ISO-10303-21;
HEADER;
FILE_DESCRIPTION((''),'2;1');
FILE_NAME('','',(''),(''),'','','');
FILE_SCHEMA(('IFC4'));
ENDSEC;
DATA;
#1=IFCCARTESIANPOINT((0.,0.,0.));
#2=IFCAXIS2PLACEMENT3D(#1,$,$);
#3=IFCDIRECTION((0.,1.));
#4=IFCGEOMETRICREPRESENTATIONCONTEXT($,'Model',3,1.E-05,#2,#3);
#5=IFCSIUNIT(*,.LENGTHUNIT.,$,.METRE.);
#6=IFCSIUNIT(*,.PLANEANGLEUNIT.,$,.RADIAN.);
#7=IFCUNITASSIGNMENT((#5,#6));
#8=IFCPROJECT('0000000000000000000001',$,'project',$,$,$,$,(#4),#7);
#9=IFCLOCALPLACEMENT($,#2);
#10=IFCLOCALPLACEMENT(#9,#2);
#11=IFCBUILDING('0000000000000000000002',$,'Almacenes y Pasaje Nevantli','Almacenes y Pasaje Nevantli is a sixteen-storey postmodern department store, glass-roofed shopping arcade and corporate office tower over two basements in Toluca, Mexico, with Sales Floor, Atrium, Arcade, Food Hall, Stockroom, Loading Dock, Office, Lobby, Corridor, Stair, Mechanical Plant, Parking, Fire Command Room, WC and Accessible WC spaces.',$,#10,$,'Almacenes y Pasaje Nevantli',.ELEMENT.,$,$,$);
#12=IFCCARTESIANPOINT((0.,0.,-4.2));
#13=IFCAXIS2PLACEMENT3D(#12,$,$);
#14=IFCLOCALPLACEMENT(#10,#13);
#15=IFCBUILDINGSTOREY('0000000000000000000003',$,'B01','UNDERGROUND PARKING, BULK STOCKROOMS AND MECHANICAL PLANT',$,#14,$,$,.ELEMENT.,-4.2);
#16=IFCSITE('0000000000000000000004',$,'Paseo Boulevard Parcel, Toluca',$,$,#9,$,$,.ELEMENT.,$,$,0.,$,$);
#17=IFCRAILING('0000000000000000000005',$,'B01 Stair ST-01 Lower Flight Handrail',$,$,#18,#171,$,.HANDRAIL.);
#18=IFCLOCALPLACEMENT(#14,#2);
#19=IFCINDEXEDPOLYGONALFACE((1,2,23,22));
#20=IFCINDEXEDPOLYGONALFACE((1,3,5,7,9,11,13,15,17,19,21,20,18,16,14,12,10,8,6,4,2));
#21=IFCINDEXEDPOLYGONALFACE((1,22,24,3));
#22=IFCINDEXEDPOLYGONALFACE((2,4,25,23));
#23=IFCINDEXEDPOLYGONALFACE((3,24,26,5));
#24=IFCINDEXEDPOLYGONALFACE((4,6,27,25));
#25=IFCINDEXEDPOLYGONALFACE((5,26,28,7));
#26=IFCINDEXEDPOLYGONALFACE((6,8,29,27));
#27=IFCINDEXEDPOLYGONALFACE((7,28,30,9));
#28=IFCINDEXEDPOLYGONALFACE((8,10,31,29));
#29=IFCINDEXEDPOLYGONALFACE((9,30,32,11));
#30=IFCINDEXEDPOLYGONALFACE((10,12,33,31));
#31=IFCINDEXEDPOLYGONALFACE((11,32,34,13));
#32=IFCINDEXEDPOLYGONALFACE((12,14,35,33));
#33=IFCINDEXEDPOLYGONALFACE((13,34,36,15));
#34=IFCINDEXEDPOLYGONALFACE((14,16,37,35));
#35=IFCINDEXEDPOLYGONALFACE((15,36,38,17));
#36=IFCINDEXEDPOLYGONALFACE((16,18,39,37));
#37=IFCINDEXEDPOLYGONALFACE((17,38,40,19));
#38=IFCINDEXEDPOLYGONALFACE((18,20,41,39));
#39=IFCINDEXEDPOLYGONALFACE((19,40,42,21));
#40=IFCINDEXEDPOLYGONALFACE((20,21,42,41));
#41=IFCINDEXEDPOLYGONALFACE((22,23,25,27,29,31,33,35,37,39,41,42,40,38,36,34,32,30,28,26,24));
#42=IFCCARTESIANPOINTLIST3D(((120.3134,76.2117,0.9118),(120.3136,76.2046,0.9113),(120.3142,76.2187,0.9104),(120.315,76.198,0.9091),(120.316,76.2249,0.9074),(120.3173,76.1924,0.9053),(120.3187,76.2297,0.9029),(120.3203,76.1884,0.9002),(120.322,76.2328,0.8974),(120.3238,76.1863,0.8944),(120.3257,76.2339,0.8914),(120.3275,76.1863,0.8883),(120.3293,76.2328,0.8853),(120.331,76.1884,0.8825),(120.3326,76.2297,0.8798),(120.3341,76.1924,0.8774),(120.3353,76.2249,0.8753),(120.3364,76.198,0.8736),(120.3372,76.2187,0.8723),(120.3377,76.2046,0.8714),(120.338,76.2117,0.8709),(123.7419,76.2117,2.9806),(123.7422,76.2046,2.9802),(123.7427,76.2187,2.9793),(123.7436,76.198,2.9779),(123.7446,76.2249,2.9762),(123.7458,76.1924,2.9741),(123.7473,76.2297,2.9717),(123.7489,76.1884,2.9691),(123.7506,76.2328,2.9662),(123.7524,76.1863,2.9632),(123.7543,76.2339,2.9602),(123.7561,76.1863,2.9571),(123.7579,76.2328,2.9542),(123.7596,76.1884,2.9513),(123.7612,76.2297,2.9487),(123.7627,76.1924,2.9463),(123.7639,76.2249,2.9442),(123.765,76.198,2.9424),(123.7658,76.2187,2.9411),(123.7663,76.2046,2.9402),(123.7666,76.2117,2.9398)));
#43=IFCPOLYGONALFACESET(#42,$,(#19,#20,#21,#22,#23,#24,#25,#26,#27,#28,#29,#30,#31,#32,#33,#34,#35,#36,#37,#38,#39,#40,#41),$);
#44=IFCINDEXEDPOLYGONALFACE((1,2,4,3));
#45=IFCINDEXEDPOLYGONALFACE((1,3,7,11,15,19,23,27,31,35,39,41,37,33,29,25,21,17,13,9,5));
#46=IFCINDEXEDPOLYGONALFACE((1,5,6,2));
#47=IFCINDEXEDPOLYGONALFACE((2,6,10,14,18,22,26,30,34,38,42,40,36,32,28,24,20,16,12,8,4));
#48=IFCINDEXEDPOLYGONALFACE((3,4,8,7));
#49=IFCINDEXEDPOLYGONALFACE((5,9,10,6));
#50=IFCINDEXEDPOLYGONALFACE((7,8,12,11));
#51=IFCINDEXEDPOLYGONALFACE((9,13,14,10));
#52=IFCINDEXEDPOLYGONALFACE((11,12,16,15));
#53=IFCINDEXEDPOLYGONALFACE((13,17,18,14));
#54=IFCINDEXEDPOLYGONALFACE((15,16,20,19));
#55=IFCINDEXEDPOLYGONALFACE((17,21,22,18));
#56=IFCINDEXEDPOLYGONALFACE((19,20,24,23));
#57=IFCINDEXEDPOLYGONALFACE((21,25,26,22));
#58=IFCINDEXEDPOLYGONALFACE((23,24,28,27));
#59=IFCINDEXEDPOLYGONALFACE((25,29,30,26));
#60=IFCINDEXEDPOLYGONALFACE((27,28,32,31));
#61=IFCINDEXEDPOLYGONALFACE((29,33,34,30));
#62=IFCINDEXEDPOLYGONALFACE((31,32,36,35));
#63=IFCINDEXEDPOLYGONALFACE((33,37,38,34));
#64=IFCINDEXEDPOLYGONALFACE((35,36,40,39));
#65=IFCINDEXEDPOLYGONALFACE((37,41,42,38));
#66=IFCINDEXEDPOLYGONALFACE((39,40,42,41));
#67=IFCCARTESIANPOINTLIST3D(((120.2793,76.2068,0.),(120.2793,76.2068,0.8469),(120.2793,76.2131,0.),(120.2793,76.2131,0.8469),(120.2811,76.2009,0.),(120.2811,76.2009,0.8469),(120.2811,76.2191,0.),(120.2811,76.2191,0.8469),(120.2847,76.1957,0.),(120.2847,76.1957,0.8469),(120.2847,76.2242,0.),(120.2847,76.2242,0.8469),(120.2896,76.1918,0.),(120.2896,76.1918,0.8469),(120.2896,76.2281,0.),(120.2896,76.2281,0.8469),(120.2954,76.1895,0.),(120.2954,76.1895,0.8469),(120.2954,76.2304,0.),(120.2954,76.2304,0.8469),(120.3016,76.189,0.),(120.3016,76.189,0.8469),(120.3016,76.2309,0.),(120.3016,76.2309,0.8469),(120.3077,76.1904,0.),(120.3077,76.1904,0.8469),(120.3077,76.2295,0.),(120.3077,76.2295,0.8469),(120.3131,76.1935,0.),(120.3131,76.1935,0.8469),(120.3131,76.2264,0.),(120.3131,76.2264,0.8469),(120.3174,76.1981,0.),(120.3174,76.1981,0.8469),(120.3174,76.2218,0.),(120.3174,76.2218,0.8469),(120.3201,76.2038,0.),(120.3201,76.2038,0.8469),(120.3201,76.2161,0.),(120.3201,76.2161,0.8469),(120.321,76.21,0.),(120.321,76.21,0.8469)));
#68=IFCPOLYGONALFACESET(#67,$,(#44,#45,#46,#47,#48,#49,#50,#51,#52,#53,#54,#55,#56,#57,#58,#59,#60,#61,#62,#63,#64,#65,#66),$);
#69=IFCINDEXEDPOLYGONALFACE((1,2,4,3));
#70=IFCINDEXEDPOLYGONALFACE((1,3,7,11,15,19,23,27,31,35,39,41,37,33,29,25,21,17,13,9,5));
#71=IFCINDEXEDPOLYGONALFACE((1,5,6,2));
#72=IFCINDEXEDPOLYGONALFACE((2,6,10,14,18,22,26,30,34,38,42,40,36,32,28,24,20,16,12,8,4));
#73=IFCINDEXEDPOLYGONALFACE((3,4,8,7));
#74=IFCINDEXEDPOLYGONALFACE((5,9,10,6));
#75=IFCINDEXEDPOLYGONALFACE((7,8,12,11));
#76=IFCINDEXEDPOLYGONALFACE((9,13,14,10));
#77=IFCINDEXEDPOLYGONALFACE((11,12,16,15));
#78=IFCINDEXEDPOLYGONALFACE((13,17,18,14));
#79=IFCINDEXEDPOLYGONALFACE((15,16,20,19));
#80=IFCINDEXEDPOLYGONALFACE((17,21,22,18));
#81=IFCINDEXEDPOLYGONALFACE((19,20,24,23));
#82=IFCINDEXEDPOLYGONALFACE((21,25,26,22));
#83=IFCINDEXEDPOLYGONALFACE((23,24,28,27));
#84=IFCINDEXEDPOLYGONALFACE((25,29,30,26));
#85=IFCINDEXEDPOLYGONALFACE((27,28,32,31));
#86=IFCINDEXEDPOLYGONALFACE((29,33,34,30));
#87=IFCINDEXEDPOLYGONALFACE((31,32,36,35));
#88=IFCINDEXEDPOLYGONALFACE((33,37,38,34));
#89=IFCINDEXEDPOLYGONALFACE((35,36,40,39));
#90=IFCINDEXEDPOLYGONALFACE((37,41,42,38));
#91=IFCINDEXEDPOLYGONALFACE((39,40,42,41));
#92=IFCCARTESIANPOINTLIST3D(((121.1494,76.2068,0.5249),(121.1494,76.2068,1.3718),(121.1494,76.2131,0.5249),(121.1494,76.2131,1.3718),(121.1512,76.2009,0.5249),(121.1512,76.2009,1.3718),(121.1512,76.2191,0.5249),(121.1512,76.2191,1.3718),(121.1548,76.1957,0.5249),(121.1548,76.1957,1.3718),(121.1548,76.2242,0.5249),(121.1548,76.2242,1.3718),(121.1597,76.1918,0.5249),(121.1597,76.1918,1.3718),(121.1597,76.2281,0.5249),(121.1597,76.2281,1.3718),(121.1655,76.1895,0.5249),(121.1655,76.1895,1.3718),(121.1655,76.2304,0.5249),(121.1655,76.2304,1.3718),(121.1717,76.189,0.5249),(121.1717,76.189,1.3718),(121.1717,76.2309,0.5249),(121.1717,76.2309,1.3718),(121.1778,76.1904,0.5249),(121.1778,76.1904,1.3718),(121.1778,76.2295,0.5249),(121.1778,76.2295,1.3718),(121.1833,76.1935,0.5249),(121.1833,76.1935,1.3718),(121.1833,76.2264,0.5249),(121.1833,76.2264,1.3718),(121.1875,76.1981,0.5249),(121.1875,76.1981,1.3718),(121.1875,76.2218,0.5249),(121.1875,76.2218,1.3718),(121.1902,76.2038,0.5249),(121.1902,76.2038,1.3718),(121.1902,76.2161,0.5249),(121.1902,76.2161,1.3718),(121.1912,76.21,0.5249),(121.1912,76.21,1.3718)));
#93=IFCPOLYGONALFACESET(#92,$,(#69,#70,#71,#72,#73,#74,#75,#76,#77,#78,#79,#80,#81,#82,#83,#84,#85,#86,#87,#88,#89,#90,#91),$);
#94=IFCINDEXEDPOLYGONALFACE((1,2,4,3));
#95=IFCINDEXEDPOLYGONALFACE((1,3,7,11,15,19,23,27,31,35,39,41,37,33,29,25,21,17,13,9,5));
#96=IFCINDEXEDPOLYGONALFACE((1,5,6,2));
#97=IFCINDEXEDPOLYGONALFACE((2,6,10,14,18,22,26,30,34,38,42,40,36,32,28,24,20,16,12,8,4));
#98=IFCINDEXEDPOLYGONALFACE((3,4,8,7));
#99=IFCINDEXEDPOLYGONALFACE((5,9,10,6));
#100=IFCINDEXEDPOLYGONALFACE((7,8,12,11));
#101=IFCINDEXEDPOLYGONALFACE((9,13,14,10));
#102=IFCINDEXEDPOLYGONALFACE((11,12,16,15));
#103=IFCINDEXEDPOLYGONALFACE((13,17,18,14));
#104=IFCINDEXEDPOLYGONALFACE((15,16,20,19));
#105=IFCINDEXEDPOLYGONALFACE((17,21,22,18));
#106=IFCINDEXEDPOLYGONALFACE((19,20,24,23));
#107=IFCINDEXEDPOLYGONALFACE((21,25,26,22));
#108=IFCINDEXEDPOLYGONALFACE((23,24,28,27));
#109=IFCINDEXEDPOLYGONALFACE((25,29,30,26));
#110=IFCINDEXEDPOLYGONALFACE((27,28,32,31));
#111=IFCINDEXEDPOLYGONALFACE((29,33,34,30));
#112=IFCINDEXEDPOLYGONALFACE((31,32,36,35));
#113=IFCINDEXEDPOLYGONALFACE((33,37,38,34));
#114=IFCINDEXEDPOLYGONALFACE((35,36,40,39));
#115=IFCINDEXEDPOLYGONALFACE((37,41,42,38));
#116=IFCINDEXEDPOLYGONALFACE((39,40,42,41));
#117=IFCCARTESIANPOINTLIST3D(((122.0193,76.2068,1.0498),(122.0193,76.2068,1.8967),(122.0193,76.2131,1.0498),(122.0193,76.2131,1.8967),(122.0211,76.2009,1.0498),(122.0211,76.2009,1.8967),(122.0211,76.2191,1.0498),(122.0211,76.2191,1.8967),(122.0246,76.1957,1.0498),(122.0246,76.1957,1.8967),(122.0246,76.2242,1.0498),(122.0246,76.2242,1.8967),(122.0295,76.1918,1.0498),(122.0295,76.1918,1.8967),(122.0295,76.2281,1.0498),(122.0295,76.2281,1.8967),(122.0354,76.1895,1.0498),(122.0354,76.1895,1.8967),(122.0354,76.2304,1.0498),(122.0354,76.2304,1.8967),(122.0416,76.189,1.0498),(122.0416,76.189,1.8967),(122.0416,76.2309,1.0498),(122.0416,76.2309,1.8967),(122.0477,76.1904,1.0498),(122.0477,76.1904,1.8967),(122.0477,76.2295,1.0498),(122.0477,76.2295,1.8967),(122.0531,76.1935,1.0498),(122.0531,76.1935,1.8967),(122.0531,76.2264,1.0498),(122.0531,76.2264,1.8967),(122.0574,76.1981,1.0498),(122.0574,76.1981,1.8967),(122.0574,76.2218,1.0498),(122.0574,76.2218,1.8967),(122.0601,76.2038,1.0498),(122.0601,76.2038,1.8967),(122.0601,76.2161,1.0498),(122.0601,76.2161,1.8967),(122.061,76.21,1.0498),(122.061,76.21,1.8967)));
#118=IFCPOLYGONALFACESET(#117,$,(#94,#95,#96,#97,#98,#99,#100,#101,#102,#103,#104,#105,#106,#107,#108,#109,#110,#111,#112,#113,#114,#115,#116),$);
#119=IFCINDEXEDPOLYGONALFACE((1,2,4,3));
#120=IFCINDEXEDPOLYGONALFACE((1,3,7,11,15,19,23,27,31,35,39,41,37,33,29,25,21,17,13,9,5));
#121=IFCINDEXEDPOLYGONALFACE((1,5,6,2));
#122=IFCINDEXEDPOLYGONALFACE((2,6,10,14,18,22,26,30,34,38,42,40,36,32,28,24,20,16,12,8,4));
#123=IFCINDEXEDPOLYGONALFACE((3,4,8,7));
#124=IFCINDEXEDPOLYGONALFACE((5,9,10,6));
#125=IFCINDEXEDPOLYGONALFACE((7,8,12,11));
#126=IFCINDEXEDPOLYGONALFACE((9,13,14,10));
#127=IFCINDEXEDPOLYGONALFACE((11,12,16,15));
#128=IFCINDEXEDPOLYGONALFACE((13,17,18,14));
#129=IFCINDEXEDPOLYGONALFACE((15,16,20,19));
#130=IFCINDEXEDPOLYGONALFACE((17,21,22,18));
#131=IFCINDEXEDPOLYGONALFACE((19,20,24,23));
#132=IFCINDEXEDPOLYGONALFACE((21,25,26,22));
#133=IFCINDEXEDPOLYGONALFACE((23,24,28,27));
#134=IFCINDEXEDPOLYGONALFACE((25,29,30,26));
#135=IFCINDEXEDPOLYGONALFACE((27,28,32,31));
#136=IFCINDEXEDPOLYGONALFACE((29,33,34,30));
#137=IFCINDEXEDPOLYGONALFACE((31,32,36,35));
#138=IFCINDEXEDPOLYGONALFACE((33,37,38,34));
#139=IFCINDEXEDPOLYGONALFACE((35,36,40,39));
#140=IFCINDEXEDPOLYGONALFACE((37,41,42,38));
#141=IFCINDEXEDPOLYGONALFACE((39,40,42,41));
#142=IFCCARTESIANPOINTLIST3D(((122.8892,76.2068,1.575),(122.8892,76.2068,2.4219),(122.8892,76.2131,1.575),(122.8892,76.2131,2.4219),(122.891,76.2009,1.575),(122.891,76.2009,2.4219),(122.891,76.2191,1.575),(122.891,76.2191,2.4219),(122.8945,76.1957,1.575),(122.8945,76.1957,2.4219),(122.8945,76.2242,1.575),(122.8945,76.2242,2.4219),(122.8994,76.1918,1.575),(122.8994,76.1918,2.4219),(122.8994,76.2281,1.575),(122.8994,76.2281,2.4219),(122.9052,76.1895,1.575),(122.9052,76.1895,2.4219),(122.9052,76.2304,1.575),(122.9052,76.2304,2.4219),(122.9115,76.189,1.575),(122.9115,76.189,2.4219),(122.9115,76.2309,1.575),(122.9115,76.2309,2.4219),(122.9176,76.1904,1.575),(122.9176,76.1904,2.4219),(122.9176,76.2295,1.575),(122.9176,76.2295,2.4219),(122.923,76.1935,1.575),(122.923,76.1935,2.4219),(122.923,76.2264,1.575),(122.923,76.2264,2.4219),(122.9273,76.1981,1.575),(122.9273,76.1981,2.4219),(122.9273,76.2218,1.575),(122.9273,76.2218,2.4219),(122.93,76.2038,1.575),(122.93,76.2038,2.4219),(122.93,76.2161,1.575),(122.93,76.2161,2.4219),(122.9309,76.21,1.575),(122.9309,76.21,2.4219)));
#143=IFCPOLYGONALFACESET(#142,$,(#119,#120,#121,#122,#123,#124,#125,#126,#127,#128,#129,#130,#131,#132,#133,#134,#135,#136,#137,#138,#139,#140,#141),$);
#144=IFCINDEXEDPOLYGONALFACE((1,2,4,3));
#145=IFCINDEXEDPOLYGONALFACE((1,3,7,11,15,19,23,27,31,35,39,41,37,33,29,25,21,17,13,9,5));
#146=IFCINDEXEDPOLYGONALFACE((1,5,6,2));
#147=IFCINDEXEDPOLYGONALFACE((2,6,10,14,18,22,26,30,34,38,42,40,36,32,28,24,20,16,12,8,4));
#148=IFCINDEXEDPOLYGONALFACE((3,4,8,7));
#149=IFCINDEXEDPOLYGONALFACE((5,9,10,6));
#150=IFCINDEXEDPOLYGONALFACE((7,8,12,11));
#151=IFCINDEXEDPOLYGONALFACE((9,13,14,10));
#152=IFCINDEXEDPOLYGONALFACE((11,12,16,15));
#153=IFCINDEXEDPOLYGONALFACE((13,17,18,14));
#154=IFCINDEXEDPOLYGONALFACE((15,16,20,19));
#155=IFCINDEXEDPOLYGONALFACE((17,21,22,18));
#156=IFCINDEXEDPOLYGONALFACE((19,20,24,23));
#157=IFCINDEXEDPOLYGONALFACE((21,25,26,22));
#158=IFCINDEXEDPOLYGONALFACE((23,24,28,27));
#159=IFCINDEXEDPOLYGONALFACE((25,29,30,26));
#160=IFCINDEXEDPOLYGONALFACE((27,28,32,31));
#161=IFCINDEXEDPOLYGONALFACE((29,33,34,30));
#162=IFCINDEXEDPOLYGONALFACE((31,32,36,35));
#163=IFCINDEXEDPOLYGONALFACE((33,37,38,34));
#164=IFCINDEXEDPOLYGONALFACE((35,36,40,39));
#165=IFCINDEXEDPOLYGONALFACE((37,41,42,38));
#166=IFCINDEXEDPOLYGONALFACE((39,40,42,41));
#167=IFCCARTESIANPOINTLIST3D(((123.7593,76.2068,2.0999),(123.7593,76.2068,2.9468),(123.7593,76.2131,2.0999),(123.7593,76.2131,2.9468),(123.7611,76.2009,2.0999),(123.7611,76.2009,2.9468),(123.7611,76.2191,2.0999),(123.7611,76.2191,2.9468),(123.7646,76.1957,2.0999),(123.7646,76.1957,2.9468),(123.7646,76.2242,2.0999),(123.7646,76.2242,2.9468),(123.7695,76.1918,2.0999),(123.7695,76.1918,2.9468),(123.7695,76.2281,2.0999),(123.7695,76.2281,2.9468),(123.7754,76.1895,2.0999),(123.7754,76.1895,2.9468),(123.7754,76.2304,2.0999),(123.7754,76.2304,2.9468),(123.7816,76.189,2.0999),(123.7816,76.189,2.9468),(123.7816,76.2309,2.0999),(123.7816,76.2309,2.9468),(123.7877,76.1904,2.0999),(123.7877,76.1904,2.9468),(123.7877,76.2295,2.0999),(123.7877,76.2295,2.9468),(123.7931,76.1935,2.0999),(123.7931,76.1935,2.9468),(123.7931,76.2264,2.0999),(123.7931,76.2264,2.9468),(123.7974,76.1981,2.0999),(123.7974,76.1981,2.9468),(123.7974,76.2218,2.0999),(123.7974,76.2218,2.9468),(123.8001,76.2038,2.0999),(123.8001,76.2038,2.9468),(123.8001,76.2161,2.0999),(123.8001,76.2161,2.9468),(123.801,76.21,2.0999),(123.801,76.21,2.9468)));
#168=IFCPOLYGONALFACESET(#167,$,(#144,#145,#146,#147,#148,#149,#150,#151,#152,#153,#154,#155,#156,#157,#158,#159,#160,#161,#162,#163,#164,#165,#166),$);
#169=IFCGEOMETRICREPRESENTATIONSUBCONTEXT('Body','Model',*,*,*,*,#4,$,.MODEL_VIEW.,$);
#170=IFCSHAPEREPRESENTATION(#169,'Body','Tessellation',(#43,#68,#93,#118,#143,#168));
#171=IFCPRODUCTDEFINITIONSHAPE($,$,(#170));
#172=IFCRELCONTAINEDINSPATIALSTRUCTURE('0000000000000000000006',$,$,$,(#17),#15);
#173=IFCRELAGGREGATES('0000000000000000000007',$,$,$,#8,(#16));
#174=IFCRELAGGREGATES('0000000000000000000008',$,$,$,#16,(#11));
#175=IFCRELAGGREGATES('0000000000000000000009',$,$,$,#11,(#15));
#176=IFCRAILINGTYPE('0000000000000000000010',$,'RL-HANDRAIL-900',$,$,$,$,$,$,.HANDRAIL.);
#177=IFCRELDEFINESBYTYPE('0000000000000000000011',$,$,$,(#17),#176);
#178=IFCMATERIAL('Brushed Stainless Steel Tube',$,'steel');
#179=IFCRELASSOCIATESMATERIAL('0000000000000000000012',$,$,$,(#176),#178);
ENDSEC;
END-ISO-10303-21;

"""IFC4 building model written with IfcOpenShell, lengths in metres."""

from ifc_helpers import new_model, si_unit, direction, frame, origin, origin_2d, place, context, subcontext, project, spatial, circle, extrude, material, type_object, element, save


model = new_model("IFC4")

# Units and contexts
model_context = context("Model", 3, precision=1e-05, world=origin(), true_north=direction((0.0, 1.0)))
body_context = subcontext(model_context, "Body", "Model", "MODEL_VIEW")
ifc_project = project(units=[si_unit("LENGTHUNIT", "METRE"), si_unit("PLANEANGLEUNIT", "RADIAN")], contexts=[model_context])

# Site, building, storey
site_placement = place(None, origin())
site = spatial("IfcSite", under=ifc_project, at=site_placement, Name="Paseo Boulevard Parcel, Toluca", CompositionType="ELEMENT", RefElevation=0.0)
building_placement = place(site_placement, origin())
building = spatial("IfcBuilding", under=site, at=building_placement, Name="Almacenes y Pasaje Nevantli", Description="Almacenes y Pasaje Nevantli is a sixteen-storey postmodern department store, glass-roofed shopping arcade and corporate office tower over two basements in Toluca, Mexico, with Sales Floor, Atrium, Arcade, Food Hall, Stockroom, Loading Dock, Office, Lobby, Corridor, Stair, Mechanical Plant, Parking, Fire Command Room, WC and Accessible WC spaces.", LongName="Almacenes y Pasaje Nevantli", CompositionType="ELEMENT")
storey_placement = place(building_placement, frame((0.0, 0.0, -4.2)))
storey = spatial("IfcBuildingStorey", under=building, at=storey_placement, Name="B01", Description="UNDERGROUND PARKING, BULK STOCKROOMS AND MECHANICAL PLANT", CompositionType="ELEMENT", Elevation=-4.2)

# Railing
ifc_material_1 = material(Name="Brushed Stainless Steel Tube", Category="steel")
railing_type_1 = type_object("IfcRailingType", Name="RL-HANDRAIL-900", PredefinedType="HANDRAIL", material=ifc_material_1)
railing_1_placement = place(storey_placement, frame((120.3, 76.21, 0.0)))
element("IfcRailing", 1, at=railing_1_placement, inside=storey, type_object=railing_type_1, Name="B01 Stair ST-01 Lower Flight Handrail", PredefinedType="HANDRAIL", context=body_context, shape_type="SweptSolid", body=[
    extrude(circle(Radius=0.0239, at=origin_2d()), frame((0.0256, 0.0, 0.8914), z_axis=(0.856202, 0.0, 0.516641), x_axis=(0.0, 1.0, 0.0)), (0.0, 0.0, 1.0), 4.0044),
    extrude(circle(Radius=0.021, at=origin_2d()), origin(), (0.0, 0.0, 1.0), 0.8469),
    extrude(circle(Radius=0.021, at=origin_2d()), frame((0.8701, 0.0, 0.5249)), (0.0, 0.0, 1.0), 0.8469),
    extrude(circle(Radius=0.021, at=origin_2d()), frame((1.74, 0.0, 1.0498)), (0.0, 0.0, 1.0), 0.8469),
    extrude(circle(Radius=0.021, at=origin_2d()), frame((2.6099, 0.0, 1.575)), (0.0, 0.0, 1.0), 0.8469),
    extrude(circle(Radius=0.021, at=origin_2d()), frame((3.48, 0.0, 2.0999)), (0.0, 0.0, 1.0), 0.8469),
])

save(model, "model.ifc")
